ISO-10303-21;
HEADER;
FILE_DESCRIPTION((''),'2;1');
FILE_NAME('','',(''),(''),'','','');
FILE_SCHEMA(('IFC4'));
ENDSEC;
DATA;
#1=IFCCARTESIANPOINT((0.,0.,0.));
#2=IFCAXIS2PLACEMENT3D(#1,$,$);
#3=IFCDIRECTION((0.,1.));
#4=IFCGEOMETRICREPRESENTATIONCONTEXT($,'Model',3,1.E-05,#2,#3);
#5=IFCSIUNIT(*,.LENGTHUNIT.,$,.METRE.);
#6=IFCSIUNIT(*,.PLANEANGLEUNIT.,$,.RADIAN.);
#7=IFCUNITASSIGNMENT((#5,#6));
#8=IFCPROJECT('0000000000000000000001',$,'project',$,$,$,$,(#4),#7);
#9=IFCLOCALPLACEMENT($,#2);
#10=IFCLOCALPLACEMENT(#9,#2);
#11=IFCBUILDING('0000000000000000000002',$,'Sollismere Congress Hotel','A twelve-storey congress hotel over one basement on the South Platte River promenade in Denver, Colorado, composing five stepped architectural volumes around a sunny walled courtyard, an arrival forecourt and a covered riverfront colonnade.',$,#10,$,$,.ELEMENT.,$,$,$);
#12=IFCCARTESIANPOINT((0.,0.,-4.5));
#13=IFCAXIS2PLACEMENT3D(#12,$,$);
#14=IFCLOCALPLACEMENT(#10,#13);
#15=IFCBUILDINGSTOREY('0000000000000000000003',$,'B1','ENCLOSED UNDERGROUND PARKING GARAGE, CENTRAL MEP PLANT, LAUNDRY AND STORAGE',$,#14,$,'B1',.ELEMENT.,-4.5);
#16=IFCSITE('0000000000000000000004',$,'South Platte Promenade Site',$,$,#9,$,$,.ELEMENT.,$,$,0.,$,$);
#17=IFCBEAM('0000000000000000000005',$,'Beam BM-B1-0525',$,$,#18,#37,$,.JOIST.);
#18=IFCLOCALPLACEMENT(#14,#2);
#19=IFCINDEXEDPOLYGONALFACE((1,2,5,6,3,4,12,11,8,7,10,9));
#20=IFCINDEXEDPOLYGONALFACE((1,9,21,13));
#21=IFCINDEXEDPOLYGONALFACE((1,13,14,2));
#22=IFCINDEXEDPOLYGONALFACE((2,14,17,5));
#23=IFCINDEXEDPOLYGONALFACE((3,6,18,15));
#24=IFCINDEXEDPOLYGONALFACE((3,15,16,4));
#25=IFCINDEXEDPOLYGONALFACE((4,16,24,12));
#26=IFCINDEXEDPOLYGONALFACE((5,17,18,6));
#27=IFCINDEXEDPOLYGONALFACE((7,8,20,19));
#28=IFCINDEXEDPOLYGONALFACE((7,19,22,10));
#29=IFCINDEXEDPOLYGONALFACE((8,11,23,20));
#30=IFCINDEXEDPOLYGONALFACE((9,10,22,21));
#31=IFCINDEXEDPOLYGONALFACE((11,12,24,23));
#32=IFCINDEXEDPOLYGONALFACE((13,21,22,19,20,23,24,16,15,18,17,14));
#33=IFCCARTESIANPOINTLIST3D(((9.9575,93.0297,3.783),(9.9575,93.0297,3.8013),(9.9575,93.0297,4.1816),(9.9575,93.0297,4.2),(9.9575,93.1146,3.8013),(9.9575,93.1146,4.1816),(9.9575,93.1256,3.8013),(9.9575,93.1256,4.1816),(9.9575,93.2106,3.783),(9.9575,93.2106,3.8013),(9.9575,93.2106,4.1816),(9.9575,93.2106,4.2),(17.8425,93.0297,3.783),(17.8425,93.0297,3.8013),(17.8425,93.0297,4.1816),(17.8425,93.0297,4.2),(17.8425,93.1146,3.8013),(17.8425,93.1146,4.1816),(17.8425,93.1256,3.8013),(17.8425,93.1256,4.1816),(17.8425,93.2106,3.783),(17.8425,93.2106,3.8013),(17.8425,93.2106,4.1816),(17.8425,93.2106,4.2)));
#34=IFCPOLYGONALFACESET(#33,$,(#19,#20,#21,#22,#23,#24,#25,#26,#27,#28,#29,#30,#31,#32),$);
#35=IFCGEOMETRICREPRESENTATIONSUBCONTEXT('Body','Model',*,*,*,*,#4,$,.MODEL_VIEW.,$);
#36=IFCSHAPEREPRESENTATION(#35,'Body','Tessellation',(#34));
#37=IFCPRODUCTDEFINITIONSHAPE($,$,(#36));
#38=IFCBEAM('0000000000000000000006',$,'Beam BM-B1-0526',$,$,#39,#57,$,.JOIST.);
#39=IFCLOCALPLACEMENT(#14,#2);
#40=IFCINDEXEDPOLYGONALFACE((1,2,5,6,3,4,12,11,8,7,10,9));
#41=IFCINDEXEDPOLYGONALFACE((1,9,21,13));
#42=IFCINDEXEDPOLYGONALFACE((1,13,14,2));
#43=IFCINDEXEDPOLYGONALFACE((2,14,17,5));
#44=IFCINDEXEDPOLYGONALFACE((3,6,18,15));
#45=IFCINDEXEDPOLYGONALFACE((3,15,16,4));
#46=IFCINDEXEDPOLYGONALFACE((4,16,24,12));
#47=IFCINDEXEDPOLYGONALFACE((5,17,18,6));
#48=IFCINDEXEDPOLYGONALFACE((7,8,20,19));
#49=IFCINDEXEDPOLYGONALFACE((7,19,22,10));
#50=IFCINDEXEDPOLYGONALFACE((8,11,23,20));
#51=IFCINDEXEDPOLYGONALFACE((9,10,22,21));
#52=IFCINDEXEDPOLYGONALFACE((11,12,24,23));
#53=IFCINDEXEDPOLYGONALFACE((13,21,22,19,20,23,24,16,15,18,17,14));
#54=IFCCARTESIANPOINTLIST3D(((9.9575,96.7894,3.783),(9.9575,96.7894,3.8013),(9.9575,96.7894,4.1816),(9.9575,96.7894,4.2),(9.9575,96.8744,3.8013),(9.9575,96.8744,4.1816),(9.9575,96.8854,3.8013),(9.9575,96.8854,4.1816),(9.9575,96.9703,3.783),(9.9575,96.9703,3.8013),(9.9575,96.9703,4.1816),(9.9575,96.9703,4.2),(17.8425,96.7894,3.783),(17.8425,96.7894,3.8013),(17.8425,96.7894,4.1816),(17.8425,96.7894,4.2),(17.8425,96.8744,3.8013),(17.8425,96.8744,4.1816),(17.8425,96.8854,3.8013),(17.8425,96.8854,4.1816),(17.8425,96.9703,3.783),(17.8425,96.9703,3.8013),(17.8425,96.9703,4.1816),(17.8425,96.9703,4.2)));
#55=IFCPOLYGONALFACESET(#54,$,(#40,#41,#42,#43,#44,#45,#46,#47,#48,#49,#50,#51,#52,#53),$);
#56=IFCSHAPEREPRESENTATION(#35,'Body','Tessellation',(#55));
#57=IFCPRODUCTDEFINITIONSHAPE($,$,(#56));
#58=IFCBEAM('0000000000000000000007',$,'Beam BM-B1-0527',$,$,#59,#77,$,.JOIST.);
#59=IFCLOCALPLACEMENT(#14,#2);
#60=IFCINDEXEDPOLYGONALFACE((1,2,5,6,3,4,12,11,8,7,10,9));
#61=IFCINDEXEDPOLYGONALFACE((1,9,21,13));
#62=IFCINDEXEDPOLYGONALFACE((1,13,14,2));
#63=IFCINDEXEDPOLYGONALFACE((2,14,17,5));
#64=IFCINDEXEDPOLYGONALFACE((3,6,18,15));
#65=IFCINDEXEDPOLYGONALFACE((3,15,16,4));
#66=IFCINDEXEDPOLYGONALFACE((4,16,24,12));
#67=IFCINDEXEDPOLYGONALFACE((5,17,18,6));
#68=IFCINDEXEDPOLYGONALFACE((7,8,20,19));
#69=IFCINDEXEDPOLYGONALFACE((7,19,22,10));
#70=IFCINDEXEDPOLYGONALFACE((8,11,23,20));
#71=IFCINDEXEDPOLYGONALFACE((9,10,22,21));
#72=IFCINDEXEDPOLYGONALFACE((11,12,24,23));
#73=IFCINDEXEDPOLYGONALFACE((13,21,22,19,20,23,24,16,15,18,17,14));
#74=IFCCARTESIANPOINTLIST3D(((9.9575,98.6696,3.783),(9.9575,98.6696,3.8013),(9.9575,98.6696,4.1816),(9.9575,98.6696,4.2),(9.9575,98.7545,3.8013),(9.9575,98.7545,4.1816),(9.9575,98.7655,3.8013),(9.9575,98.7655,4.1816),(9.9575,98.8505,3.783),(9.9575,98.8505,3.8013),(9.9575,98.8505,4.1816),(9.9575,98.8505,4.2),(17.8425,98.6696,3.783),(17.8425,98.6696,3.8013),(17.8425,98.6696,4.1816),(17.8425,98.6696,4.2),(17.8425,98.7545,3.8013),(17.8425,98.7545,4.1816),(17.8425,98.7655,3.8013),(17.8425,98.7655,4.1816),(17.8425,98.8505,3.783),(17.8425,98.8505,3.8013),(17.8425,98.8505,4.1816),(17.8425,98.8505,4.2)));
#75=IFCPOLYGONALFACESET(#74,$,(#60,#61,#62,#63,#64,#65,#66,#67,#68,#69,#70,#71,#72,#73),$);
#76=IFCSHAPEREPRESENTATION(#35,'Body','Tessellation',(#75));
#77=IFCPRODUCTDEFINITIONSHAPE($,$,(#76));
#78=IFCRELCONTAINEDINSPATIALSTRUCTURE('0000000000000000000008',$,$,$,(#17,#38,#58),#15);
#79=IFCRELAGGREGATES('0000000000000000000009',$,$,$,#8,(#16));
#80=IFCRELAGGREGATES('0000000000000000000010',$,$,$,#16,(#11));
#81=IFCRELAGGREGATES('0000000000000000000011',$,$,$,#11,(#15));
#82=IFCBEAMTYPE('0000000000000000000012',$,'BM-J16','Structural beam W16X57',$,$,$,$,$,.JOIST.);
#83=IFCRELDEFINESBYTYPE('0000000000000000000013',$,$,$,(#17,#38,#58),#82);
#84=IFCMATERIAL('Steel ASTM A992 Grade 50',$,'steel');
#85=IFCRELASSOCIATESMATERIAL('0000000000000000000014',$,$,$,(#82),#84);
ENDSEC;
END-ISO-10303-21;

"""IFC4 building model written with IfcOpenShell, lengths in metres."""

from ifc_helpers import new_model, si_unit, direction, frame, origin, origin_2d, place, context, subcontext, project, spatial, i_section, extrude, material, material_profile, profile_set, type_object, element, save


model = new_model("IFC4")

# Units and contexts
model_context = context("Model", 3, precision=1e-05, world=origin(), true_north=direction((0.0, 1.0)))
body_context = subcontext(model_context, "Body", "Model", "MODEL_VIEW")
ifc_project = project(units=[si_unit("LENGTHUNIT", "METRE"), si_unit("PLANEANGLEUNIT", "RADIAN")], contexts=[model_context])

# Site, building, storey
site_placement = place(None, origin())
site = spatial("IfcSite", under=ifc_project, at=site_placement, Name="South Platte Promenade Site", CompositionType="ELEMENT", RefElevation=0.0)
building_placement = place(site_placement, origin())
building = spatial("IfcBuilding", under=site, at=building_placement, Name="Sollismere Congress Hotel", Description="A twelve-storey congress hotel over one basement on the South Platte River promenade in Denver, Colorado, composing five stepped architectural volumes around a sunny walled courtyard, an arrival forecourt and a covered riverfront colonnade.", CompositionType="ELEMENT")
storey_placement = place(building_placement, frame((0.0, 0.0, -4.5)))
storey = spatial("IfcBuildingStorey", under=building, at=storey_placement, Name="B1", Description="ENCLOSED UNDERGROUND PARKING GARAGE, CENTRAL MEP PLANT, LAUNDRY AND STORAGE", LongName="B1", CompositionType="ELEMENT", Elevation=-4.5)

# Beams
ifc_material_1 = material(Name="Steel ASTM A992 Grade 50", Category="steel")
ifc_material_profile_1 = material_profile(ifc_material_1, i_section(OverallWidth=0.1809, OverallDepth=0.417, WebThickness=0.011, FlangeThickness=0.0183, at=origin_2d()), Name="W16X57")
ifc_profile_set_1 = profile_set([ifc_material_profile_1], Name="Steel ASTM A992 Grade 50")
beam_type_1 = type_object("IfcBeamType", Name="BM-J16", Description="Structural beam W16X57", PredefinedType="JOIST", material=ifc_profile_set_1)
for number, where, z_axis, x_axis, name in (
    (1, (9.9575, 93.1201, 3.9915), (1.0, 0.0, 0.0), (0.0, 1.0, 0.0), "Beam BM-B1-0525"),
    (2, (9.9575, 96.8799, 3.9915), (1.0, 0.0, 0.0), (0.0, 1.0, 0.0), "Beam BM-B1-0526"),
    (3, (9.9575, 98.76, 3.9915), (1.0, 0.0, 0.0), (0.0, 1.0, 0.0), "Beam BM-B1-0527"),
):
    element("IfcBeam", number, at=place(storey_placement, frame(where, z_axis=z_axis, x_axis=x_axis)), inside=storey, type_object=beam_type_1, Name=name, PredefinedType="JOIST", context=body_context, shape_type="SweptSolid", body=[
        extrude(i_section(OverallWidth=0.1809, OverallDepth=0.417, WebThickness=0.011, FlangeThickness=0.0183, at=origin_2d()), origin(), (0.0, 0.0, 1.0), 7.885),
    ])

save(model, "model.ifc")
